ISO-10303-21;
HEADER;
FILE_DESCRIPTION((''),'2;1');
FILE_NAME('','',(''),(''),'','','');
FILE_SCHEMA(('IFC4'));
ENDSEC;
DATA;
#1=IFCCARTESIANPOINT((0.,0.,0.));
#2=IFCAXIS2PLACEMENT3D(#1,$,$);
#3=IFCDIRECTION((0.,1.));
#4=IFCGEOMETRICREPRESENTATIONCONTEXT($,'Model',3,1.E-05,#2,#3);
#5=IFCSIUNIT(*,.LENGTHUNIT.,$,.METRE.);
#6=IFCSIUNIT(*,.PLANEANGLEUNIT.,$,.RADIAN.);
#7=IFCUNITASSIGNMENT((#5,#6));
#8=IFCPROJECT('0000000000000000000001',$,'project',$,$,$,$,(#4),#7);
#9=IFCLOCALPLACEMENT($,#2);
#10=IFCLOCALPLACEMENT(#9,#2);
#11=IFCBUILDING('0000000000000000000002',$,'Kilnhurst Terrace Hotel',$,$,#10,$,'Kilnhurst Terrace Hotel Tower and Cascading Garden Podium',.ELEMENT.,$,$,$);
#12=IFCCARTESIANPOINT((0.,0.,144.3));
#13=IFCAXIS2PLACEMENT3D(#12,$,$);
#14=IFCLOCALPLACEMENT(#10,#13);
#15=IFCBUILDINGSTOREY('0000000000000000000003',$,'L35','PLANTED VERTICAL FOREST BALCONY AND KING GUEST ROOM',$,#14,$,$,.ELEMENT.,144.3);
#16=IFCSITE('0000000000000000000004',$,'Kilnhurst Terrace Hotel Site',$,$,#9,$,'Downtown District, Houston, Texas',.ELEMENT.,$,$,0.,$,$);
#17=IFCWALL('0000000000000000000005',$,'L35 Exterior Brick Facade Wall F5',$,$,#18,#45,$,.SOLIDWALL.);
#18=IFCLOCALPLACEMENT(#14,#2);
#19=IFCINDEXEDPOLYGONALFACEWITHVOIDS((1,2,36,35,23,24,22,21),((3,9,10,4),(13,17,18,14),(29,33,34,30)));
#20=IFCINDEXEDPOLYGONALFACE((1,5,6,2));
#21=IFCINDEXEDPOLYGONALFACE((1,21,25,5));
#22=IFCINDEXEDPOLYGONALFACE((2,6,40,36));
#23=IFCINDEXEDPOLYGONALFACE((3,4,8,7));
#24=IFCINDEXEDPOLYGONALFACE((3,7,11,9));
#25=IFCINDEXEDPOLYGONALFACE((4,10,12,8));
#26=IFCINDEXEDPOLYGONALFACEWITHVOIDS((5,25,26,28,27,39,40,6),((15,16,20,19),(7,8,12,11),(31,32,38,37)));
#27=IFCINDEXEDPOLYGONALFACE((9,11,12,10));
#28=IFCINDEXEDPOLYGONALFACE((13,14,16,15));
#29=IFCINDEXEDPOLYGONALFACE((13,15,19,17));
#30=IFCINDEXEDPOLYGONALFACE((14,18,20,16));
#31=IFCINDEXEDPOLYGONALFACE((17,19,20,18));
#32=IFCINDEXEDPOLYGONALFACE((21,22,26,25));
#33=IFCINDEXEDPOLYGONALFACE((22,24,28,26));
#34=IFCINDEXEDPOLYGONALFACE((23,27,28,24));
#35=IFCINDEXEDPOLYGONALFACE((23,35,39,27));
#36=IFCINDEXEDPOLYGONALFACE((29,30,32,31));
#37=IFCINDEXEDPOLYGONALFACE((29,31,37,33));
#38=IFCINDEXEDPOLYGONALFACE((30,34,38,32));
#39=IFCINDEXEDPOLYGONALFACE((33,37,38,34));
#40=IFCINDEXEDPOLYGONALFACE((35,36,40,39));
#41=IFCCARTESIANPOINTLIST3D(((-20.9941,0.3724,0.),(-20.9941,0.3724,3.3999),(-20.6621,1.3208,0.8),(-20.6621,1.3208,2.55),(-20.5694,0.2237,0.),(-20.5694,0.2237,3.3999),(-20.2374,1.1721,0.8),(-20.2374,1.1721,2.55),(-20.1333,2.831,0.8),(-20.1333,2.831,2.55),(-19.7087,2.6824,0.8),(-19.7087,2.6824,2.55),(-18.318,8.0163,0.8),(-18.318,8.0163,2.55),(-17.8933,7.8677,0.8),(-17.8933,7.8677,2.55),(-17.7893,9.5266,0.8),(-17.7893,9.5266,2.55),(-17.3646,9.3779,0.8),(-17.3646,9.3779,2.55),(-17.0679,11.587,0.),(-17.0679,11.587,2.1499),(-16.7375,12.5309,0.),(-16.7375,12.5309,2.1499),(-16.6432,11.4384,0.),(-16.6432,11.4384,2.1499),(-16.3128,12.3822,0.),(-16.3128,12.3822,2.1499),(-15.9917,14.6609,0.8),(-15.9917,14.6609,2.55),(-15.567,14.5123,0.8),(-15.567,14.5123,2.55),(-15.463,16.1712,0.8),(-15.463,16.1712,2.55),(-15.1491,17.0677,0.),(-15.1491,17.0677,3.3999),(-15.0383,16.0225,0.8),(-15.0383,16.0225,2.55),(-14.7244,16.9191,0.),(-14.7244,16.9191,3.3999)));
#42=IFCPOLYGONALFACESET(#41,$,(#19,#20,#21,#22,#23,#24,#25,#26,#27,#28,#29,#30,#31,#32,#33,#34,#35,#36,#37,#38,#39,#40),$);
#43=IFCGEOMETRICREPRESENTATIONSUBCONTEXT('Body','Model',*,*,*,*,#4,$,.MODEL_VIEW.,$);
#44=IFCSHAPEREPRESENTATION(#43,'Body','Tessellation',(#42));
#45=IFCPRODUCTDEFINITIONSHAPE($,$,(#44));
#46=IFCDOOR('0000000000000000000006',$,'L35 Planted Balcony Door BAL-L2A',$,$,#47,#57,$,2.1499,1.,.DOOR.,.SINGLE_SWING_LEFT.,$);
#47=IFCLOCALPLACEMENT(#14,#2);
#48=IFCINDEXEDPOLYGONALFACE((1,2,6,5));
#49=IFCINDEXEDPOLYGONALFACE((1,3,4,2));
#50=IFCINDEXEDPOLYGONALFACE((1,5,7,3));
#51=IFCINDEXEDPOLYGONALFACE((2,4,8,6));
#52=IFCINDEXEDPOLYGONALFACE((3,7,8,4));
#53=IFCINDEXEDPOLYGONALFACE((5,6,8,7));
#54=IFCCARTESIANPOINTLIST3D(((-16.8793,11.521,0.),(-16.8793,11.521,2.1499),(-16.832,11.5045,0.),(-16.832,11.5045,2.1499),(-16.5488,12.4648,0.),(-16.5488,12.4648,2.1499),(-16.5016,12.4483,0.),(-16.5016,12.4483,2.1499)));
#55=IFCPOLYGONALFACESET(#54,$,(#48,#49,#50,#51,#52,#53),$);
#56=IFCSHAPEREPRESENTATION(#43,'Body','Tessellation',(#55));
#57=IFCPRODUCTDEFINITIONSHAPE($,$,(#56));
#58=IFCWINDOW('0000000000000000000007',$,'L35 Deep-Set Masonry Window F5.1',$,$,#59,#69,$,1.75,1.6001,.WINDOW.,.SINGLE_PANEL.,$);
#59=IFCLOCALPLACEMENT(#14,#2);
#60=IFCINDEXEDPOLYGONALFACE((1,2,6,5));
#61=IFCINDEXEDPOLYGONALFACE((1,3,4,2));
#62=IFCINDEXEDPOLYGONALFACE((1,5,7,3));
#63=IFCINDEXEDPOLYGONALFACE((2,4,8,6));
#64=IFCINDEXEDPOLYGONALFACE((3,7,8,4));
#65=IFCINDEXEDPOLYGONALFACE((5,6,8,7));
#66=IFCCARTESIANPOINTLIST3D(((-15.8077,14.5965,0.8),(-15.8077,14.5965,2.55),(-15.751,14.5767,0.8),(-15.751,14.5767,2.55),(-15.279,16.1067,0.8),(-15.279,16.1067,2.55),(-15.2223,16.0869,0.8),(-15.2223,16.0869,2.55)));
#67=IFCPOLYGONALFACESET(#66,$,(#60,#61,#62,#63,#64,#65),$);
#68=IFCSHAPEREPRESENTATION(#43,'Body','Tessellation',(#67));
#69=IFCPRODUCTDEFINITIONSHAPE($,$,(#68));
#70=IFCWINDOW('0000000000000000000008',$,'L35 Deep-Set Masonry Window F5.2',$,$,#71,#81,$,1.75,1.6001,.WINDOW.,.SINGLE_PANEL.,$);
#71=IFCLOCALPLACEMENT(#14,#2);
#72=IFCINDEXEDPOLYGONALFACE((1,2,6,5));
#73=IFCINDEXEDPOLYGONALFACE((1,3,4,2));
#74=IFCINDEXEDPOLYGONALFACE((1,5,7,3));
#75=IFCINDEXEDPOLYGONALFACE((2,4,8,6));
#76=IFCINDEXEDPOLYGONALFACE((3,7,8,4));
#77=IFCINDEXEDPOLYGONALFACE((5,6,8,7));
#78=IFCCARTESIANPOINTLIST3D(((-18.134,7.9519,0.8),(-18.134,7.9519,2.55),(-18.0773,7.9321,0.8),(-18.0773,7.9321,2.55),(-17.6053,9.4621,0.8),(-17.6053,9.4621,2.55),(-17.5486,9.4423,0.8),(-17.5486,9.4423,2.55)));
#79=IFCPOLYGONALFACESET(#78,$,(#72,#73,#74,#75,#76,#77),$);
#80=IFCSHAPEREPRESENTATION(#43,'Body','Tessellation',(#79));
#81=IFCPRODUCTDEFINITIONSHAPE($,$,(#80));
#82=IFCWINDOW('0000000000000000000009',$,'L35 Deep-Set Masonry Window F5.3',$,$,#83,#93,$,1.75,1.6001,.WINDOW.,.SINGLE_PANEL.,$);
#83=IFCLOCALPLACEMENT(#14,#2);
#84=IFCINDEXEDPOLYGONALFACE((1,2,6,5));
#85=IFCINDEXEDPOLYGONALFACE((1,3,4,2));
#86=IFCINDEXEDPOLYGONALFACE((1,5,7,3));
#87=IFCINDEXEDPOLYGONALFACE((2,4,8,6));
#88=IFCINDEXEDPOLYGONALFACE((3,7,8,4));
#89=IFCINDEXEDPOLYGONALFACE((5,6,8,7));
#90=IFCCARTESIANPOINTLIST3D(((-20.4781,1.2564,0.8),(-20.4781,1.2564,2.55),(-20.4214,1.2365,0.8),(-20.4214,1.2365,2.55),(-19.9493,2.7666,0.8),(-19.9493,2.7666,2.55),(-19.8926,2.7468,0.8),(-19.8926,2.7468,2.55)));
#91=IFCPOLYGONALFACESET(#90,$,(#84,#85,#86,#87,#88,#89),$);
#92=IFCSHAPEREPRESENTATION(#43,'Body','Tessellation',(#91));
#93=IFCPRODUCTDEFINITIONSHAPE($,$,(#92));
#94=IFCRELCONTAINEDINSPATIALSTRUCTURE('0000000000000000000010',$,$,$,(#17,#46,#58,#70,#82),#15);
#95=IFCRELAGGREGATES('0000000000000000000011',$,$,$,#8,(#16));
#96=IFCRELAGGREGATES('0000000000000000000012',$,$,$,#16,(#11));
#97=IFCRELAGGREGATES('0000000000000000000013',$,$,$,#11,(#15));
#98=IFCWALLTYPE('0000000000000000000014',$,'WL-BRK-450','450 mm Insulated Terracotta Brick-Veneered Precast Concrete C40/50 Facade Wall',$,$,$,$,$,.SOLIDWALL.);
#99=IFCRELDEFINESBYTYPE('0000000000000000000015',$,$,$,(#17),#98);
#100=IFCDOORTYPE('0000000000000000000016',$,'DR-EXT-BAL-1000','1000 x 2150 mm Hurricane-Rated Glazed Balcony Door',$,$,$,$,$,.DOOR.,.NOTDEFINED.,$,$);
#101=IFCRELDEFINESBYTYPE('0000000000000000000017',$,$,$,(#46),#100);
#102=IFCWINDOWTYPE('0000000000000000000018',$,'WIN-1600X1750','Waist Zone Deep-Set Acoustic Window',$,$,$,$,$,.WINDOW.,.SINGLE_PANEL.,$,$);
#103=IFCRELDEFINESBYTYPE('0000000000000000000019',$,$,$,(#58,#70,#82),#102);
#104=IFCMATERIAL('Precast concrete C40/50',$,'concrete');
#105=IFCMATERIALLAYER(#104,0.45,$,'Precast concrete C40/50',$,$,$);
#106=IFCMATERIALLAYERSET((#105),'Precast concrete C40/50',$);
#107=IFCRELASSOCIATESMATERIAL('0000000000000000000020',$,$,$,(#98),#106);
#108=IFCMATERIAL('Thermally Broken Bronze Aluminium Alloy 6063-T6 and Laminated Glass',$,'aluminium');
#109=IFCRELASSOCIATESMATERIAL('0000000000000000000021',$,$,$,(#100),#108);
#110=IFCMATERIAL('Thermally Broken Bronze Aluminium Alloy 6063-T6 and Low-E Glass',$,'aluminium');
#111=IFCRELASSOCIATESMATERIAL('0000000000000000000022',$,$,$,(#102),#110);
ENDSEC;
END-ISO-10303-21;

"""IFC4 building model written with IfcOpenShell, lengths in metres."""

from ifc_helpers import new_model, si_unit, direction, frame, frame_2d, origin, place, context, subcontext, project, spatial, rectangle, extrude, material, layer, layer_set, type_object, element, fill, save


model = new_model("IFC4")

# Units and contexts
model_context = context("Model", 3, precision=1e-05, world=origin(), true_north=direction((0.0, 1.0)))
body_context = subcontext(model_context, "Body", "Model", "MODEL_VIEW")
ifc_project = project(units=[si_unit("LENGTHUNIT", "METRE"), si_unit("PLANEANGLEUNIT", "RADIAN")], contexts=[model_context])

# Site, building, storey
site_placement = place(None, origin())
site = spatial("IfcSite", under=ifc_project, at=site_placement, Name="Kilnhurst Terrace Hotel Site", LongName="Downtown District, Houston, Texas", CompositionType="ELEMENT", RefElevation=0.0)
building_placement = place(site_placement, origin())
building = spatial("IfcBuilding", under=site, at=building_placement, Name="Kilnhurst Terrace Hotel", LongName="Kilnhurst Terrace Hotel Tower and Cascading Garden Podium", CompositionType="ELEMENT")
storey_placement = place(building_placement, frame((0.0, 0.0, 144.3)))
storey = spatial("IfcBuildingStorey", under=building, at=storey_placement, Name="L35", Description="PLANTED VERTICAL FOREST BALCONY AND KING GUEST ROOM", CompositionType="ELEMENT", Elevation=144.3)

# Shared definitions
ifc_material_1 = material(Name="Precast concrete C40/50", Category="concrete")
ifc_layer_1 = layer(ifc_material_1, 0.45, Name="Precast concrete C40/50")
ifc_layer_set_1 = layer_set([ifc_layer_1], Name="Precast concrete C40/50")
wall_type_1 = type_object("IfcWallType", Name="WL-BRK-450", Description="450 mm Insulated Terracotta Brick-Veneered Precast Concrete C40/50 Facade Wall", PredefinedType="SOLIDWALL", material=ifc_layer_set_1)

# Wall, openings, door, windows
wall_1_placement = place(storey_placement, frame((-14.9368, 16.9934, 0.0), z_axis=(0.0, 0.0, 1.0), x_axis=(-0.330432, -0.94383, 0.0)))
wall_1 = element("IfcWall", 1, at=wall_1_placement, inside=storey, type_object=wall_type_1, Name="L35 Exterior Brick Facade Wall F5", PredefinedType="SOLIDWALL", context=body_context, shape_type="SweptSolid", body=[
    extrude(rectangle(XDim=17.689, YDim=0.45, at=frame_2d((8.8445, 0.0))), origin(), (0.0, 0.0, 1.0), 3.3999),
])
opening_1_placement = place(wall_1_placement, frame((4.8069, 0.0, 0.0)))
opening_1 = element("IfcOpeningElement", 2, at=opening_1_placement, cuts=wall_1, PredefinedType="OPENING", context=body_context, shape_type="SweptSolid", body=[
    extrude(rectangle(XDim=1.0, YDim=2.1499, at=frame_2d((0.5, 1.075))), frame((0.0, 0.2349, 0.0), z_axis=(0.0, -1.0, 0.0), x_axis=(1.0, 0.0, 0.0)), (0.0, 0.0, 1.0), 0.47),
])
opening_2_placement = place(wall_1_placement, frame((0.95, 0.0, 0.8)))
opening_2 = element("IfcOpeningElement", 3, at=opening_2_placement, cuts=wall_1, PredefinedType="OPENING", context=body_context, shape_type="SweptSolid", body=[
    extrude(rectangle(XDim=1.6001, YDim=1.75, at=frame_2d((0.8, 0.875))), frame((0.0, 0.2349, 0.0), z_axis=(0.0, -1.0, 0.0), x_axis=(1.0, 0.0, 0.0)), (0.0, 0.0, 1.0), 0.47),
])
opening_3_placement = place(wall_1_placement, frame((7.99, 0.0, 0.8)))
opening_3 = element("IfcOpeningElement", 4, at=opening_3_placement, cuts=wall_1, PredefinedType="OPENING", context=body_context, shape_type="SweptSolid", body=[
    extrude(rectangle(XDim=1.6001, YDim=1.75, at=frame_2d((0.8, 0.875))), frame((0.0, 0.2349, 0.0), z_axis=(0.0, -1.0, 0.0), x_axis=(1.0, 0.0, 0.0)), (0.0, 0.0, 1.0), 0.47),
])
opening_4_placement = place(wall_1_placement, frame((15.084, 0.0, 0.8)))
opening_4 = element("IfcOpeningElement", 5, at=opening_4_placement, cuts=wall_1, PredefinedType="OPENING", context=body_context, shape_type="SweptSolid", body=[
    extrude(rectangle(XDim=1.6001, YDim=1.75, at=frame_2d((0.8, 0.875))), frame((0.0, 0.2349, 0.0), z_axis=(0.0, -1.0, 0.0), x_axis=(1.0, 0.0, 0.0)), (0.0, 0.0, 1.0), 0.47),
])
ifc_material_2 = material(Name="Thermally Broken Bronze Aluminium Alloy 6063-T6 and Laminated Glass", Category="aluminium")
door_type_1 = type_object("IfcDoorType", Name="DR-EXT-BAL-1000", Description="1000 x 2150 mm Hurricane-Rated Glazed Balcony Door", OperationType="NOTDEFINED", PredefinedType="DOOR", material=ifc_material_2)
door_1_placement = place(opening_1_placement, origin())
door_1 = element("IfcDoor", 6, at=door_1_placement, inside=storey, type_object=door_type_1, Name="L35 Planted Balcony Door BAL-L2A", OperationType="SINGLE_SWING_LEFT", OverallHeight=2.1499, OverallWidth=1.0, PredefinedType="DOOR", context=body_context, shape_type="SweptSolid", body=[
    extrude(rectangle(XDim=1.0, YDim=2.1499, at=frame_2d((0.5, 1.075))), frame((0.0, 0.0249, 0.0), z_axis=(0.0, -1.0, 0.0), x_axis=(1.0, 0.0, 0.0)), (0.0, 0.0, 1.0), 0.05),
])
fill(opening_1, door_1)
ifc_material_3 = material(Name="Thermally Broken Bronze Aluminium Alloy 6063-T6 and Low-E Glass", Category="aluminium")
window_type = type_object("IfcWindowType", Name="WIN-1600X1750", Description="Waist Zone Deep-Set Acoustic Window", PartitioningType="SINGLE_PANEL", PredefinedType="WINDOW", material=ifc_material_3)
window_1_placement = place(opening_2_placement, origin())
window_1 = element("IfcWindow", 7, at=window_1_placement, inside=storey, type_object=window_type, Name="L35 Deep-Set Masonry Window F5.1", OverallHeight=1.75, OverallWidth=1.6001, PartitioningType="SINGLE_PANEL", PredefinedType="WINDOW", context=body_context, shape_type="SweptSolid", body=[
    extrude(rectangle(XDim=1.6001, YDim=1.75, at=frame_2d((0.8, 0.875))), frame((0.0, 0.03, 0.0), z_axis=(0.0, -1.0, 0.0), x_axis=(1.0, 0.0, 0.0)), (0.0, 0.0, 1.0), 0.0601),
])
fill(opening_2, window_1)
window_2_placement = place(opening_3_placement, origin())
window_2 = element("IfcWindow", 8, at=window_2_placement, inside=storey, type_object=window_type, Name="L35 Deep-Set Masonry Window F5.2", OverallHeight=1.75, OverallWidth=1.6001, PartitioningType="SINGLE_PANEL", PredefinedType="WINDOW", context=body_context, shape_type="SweptSolid", body=[
    extrude(rectangle(XDim=1.6001, YDim=1.75, at=frame_2d((0.8, 0.875))), frame((0.0, 0.03, 0.0), z_axis=(0.0, -1.0, 0.0), x_axis=(1.0, 0.0, 0.0)), (0.0, 0.0, 1.0), 0.0601),
])
fill(opening_3, window_2)
window_3_placement = place(opening_4_placement, origin())
window_3 = element("IfcWindow", 9, at=window_3_placement, inside=storey, type_object=window_type, Name="L35 Deep-Set Masonry Window F5.3", OverallHeight=1.75, OverallWidth=1.6001, PartitioningType="SINGLE_PANEL", PredefinedType="WINDOW", context=body_context, shape_type="SweptSolid", body=[
    extrude(rectangle(XDim=1.6001, YDim=1.75, at=frame_2d((0.8, 0.875))), frame((0.0, 0.03, 0.0), z_axis=(0.0, -1.0, 0.0), x_axis=(1.0, 0.0, 0.0)), (0.0, 0.0, 1.0), 0.0601),
])
fill(opening_4, window_3)

save(model, "model.ifc")
